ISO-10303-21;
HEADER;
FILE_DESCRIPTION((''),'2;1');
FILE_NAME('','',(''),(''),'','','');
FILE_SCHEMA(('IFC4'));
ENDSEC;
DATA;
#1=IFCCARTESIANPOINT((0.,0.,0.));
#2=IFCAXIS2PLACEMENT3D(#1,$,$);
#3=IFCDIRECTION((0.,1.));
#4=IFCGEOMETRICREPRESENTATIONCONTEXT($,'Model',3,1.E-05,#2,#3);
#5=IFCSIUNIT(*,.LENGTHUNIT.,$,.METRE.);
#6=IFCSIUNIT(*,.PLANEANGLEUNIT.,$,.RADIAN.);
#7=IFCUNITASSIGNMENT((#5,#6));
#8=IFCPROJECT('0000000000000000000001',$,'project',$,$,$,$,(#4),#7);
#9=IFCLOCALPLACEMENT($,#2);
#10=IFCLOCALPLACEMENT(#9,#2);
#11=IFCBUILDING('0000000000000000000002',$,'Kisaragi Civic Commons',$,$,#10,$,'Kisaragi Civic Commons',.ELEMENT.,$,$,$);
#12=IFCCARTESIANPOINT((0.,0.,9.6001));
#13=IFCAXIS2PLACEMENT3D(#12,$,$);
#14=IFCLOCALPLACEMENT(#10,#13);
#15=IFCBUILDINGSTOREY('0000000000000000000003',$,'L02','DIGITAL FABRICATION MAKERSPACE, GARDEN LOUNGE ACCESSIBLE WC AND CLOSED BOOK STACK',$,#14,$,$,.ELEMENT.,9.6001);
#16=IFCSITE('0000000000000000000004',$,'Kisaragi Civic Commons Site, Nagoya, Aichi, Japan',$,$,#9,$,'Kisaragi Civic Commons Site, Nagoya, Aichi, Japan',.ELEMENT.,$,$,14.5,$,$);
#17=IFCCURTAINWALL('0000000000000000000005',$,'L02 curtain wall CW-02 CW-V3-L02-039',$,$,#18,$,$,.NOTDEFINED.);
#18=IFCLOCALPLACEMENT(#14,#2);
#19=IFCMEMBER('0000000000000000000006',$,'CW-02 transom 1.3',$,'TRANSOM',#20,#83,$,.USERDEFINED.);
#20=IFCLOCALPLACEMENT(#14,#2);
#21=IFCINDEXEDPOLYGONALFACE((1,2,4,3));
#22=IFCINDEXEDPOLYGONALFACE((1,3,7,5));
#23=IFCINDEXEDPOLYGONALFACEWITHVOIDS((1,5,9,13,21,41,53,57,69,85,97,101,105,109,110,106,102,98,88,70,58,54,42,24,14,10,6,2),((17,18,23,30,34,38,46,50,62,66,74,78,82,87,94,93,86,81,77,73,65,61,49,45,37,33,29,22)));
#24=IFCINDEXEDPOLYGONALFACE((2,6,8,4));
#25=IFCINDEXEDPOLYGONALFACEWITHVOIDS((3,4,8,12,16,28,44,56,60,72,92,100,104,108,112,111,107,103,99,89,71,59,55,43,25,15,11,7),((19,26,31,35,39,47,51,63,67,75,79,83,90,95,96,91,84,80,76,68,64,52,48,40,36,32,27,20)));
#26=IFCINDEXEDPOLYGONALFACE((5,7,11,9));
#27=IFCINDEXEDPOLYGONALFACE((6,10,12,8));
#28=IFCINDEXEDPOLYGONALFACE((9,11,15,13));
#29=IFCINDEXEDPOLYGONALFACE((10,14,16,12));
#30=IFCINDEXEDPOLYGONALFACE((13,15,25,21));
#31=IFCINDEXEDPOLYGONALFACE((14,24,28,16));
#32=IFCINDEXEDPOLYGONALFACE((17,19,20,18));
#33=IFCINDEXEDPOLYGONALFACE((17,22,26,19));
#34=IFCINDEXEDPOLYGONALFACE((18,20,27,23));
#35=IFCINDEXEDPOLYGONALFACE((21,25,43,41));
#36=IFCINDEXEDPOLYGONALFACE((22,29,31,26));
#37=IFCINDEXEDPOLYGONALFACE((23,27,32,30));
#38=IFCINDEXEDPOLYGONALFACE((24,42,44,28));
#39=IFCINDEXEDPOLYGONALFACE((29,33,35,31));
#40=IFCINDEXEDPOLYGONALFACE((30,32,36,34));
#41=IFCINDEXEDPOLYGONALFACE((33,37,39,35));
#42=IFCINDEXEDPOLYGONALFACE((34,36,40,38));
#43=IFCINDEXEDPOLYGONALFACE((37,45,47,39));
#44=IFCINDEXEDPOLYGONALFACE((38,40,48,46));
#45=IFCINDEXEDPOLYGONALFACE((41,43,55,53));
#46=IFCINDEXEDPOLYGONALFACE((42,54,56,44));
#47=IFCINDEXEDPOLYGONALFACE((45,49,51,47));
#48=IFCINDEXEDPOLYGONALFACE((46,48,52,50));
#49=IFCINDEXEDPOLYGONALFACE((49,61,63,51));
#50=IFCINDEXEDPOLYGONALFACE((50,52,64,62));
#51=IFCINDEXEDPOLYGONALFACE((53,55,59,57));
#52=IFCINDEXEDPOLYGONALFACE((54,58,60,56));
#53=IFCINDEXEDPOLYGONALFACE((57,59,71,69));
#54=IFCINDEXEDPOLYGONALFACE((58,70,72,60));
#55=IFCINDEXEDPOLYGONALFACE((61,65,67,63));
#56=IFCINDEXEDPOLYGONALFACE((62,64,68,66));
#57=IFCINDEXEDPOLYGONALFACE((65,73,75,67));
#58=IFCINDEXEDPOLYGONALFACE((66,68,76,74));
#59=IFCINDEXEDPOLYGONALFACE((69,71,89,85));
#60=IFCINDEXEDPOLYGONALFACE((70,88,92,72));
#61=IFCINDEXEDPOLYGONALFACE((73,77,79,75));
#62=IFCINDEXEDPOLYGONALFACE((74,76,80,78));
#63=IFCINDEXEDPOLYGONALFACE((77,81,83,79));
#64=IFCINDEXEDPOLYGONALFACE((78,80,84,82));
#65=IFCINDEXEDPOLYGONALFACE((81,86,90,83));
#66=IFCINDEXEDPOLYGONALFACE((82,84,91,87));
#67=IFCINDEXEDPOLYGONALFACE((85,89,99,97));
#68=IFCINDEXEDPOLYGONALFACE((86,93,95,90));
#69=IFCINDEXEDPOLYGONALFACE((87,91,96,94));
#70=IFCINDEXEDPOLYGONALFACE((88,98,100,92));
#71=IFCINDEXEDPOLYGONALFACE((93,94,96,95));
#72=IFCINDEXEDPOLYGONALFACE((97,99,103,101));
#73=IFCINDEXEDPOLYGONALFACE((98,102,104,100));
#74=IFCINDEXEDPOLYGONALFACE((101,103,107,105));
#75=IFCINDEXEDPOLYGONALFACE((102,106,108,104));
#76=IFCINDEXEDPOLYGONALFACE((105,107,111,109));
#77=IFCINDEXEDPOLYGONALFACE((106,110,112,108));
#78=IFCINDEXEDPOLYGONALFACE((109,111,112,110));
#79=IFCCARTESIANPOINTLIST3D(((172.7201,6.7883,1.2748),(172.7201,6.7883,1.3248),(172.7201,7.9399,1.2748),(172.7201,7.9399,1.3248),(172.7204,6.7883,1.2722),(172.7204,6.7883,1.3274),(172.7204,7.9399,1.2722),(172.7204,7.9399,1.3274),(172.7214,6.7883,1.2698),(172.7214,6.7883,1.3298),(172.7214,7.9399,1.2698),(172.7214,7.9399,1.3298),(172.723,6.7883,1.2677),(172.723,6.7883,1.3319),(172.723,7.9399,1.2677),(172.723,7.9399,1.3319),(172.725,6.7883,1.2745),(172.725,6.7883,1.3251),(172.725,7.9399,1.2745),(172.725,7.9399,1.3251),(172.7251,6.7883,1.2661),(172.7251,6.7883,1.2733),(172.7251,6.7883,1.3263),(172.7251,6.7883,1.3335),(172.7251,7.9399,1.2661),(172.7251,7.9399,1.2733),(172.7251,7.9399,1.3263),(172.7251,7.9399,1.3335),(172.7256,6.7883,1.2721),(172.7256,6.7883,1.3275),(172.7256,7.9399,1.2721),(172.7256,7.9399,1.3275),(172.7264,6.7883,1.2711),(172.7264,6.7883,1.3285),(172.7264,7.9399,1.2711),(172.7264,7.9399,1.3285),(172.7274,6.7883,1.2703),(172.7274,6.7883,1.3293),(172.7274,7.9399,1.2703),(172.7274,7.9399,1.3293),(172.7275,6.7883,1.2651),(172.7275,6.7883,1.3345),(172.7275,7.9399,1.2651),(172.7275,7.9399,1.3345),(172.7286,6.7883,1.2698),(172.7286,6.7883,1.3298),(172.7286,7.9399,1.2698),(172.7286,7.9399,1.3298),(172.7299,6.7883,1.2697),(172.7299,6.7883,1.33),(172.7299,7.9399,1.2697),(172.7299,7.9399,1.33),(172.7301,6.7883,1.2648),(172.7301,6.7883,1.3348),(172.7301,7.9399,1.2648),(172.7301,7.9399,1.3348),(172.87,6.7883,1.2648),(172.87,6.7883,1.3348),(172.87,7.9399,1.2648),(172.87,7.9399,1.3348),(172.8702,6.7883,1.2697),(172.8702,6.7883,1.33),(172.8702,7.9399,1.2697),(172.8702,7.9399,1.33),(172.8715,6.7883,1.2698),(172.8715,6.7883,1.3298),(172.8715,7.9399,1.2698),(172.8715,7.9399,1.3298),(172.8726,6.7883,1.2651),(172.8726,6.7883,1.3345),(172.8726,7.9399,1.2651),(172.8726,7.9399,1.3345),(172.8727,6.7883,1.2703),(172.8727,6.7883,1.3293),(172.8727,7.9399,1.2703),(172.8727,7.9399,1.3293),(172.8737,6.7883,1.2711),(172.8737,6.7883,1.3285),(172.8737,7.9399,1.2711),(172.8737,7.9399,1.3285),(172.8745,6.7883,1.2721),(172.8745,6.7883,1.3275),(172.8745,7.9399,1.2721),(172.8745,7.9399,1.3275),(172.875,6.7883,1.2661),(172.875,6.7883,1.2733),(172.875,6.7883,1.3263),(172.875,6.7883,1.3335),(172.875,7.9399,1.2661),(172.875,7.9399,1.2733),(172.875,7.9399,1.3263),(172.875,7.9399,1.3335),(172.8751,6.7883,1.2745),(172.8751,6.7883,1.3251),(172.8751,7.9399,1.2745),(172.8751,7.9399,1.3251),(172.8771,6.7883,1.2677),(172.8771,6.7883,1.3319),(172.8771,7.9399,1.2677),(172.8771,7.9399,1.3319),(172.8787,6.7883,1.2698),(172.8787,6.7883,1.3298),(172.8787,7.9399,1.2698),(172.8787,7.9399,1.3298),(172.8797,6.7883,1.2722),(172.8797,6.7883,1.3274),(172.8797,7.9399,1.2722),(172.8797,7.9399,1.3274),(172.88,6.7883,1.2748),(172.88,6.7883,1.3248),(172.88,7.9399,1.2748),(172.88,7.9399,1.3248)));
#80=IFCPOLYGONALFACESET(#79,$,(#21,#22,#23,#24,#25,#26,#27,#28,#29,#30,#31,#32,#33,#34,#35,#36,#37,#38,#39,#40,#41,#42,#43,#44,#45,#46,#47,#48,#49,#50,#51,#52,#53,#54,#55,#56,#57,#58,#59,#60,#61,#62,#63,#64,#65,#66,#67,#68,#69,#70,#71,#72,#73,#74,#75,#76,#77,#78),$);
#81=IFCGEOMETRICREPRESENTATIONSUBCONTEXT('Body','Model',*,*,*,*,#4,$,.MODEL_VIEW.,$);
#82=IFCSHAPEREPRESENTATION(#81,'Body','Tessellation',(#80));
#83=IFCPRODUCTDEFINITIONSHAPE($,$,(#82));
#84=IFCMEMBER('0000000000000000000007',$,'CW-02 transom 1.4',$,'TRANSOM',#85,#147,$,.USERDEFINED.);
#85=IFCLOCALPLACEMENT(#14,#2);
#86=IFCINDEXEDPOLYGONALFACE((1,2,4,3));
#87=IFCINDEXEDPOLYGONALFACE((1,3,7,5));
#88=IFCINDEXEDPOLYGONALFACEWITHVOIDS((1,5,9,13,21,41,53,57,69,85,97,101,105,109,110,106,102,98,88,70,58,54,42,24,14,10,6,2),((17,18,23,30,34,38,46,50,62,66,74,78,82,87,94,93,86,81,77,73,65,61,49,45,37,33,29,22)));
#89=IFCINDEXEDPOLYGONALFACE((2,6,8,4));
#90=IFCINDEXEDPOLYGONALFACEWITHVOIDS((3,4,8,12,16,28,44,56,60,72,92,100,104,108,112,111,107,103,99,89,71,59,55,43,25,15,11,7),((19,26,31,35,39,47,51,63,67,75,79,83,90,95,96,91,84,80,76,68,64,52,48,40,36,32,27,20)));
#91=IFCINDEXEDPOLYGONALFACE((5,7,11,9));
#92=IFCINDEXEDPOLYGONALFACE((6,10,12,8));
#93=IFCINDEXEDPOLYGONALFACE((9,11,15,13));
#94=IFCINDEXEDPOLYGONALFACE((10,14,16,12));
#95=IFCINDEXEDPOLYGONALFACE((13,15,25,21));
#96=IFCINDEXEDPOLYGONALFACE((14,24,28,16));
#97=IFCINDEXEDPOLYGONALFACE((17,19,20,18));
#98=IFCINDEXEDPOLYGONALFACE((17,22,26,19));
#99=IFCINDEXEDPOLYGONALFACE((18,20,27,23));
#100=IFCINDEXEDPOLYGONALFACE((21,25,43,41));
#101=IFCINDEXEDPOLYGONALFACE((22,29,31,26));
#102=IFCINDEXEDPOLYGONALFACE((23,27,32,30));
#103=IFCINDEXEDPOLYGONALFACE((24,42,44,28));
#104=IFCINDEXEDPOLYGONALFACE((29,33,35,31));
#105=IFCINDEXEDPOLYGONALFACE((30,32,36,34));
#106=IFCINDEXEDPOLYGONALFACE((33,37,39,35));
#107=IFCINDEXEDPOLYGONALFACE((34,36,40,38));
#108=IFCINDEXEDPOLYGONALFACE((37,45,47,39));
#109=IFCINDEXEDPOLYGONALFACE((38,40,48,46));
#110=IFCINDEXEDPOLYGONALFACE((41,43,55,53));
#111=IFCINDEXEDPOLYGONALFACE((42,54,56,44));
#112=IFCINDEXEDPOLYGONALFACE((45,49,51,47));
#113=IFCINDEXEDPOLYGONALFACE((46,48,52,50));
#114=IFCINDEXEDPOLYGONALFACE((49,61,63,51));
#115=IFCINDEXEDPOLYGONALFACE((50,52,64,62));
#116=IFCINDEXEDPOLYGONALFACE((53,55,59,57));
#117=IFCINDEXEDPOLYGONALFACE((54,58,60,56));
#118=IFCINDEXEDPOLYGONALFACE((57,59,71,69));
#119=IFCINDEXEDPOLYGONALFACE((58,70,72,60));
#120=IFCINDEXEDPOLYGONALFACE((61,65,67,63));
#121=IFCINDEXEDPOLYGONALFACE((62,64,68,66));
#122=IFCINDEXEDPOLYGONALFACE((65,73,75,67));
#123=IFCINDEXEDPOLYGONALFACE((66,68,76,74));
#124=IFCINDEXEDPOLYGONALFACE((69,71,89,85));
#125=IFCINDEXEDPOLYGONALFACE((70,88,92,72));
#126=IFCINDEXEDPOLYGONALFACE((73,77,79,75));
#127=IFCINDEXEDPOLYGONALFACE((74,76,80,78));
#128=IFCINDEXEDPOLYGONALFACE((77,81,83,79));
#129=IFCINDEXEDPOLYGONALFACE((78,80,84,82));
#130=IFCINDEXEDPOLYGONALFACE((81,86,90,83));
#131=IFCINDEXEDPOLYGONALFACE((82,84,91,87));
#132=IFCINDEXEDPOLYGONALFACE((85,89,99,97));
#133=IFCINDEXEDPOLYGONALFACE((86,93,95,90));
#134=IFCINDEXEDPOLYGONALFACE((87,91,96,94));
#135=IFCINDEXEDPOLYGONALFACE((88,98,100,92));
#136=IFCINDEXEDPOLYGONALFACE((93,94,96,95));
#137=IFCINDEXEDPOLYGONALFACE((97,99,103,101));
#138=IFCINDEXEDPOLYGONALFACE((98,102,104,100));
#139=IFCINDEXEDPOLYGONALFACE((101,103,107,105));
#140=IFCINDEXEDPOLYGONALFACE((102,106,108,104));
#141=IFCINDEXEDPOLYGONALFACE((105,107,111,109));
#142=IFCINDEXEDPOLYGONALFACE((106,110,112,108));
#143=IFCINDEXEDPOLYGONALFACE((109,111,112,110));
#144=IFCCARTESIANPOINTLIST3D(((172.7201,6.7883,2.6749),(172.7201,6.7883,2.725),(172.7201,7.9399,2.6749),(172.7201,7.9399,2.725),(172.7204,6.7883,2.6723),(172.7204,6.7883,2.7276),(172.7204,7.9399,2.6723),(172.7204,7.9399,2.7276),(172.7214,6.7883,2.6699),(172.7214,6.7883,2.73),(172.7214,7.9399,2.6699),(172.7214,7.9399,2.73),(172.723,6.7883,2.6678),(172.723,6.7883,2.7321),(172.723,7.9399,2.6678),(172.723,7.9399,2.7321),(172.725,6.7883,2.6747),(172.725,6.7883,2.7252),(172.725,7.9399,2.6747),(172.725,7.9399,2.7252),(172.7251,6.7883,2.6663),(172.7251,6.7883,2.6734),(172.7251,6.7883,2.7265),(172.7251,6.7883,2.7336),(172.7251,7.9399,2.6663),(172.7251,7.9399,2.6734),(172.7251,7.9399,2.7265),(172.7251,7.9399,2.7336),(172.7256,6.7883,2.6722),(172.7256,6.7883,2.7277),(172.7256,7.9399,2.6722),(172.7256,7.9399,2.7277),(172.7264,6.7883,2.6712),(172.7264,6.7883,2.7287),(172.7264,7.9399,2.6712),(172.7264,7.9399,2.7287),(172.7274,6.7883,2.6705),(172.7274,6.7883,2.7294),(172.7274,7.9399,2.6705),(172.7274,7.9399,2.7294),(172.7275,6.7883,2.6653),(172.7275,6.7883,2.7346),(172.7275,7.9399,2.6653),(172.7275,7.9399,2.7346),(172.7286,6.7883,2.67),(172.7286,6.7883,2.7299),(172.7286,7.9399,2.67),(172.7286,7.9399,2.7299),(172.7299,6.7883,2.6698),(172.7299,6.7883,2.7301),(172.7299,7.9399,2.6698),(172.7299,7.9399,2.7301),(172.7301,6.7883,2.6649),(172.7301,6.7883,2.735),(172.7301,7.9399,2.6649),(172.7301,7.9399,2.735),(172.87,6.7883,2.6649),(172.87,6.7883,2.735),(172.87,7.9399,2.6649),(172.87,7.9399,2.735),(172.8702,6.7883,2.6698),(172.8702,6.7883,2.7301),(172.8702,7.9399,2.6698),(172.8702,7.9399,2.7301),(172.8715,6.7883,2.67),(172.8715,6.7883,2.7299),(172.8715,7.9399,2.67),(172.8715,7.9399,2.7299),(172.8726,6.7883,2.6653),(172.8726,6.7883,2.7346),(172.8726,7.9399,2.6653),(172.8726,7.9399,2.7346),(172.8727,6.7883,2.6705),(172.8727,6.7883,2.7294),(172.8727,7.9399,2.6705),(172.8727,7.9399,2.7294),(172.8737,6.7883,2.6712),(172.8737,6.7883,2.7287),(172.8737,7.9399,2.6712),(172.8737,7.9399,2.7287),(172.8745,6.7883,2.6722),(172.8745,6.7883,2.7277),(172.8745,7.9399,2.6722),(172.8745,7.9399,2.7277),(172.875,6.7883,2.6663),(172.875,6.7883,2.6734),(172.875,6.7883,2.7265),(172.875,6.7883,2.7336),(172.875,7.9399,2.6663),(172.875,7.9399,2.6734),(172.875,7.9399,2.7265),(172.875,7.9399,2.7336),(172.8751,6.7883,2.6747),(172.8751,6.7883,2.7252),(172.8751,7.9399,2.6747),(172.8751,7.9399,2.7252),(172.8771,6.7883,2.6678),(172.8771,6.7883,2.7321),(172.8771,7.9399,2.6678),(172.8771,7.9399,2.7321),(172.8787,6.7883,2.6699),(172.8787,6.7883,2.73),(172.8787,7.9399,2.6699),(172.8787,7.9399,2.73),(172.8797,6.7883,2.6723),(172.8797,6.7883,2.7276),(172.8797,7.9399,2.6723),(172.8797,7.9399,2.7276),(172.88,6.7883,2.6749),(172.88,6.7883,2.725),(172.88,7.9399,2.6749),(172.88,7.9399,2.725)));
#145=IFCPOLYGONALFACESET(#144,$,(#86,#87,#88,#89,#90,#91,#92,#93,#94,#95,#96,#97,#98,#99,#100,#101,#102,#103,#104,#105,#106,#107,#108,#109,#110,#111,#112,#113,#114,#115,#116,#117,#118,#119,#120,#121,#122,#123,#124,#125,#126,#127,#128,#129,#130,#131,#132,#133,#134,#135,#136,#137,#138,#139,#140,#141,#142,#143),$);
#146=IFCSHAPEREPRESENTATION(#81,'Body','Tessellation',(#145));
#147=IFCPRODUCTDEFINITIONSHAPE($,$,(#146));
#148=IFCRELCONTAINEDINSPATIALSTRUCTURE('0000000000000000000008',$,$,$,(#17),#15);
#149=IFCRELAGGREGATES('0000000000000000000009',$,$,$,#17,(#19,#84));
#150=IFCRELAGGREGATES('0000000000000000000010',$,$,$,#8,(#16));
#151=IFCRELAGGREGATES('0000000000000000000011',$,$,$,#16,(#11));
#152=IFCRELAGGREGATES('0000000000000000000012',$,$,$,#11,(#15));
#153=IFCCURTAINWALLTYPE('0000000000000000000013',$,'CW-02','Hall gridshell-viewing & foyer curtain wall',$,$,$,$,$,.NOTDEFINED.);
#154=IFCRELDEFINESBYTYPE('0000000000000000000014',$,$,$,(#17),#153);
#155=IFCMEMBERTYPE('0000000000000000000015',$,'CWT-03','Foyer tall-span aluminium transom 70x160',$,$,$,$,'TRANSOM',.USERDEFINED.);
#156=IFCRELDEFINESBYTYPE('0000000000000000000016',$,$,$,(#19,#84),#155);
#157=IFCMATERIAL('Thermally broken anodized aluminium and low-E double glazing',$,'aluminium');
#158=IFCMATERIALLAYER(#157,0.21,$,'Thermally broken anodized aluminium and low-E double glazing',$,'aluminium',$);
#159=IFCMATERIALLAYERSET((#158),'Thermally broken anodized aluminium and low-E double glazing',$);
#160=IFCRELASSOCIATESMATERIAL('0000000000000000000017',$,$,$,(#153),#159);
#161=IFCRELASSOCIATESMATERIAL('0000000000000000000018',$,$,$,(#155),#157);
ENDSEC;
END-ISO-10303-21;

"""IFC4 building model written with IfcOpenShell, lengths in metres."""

from ifc_helpers import new_model, si_unit, direction, frame, origin, origin_2d, place, context, subcontext, project, spatial, hollow_rectangle, extrude, material, layer, layer_set, material_profile, profile_set, type_object, element, aggregate, save


model = new_model("IFC4")

# Units and contexts
model_context = context("Model", 3, precision=1e-05, world=origin(), true_north=direction((0.0, 1.0)))
body_context = subcontext(model_context, "Body", "Model", "MODEL_VIEW")
ifc_project = project(units=[si_unit("LENGTHUNIT", "METRE"), si_unit("PLANEANGLEUNIT", "RADIAN")], contexts=[model_context])

# Site, building, storey
site_placement = place(None, origin())
site = spatial("IfcSite", under=ifc_project, at=site_placement, Name="Kisaragi Civic Commons Site, Nagoya, Aichi, Japan", LongName="Kisaragi Civic Commons Site, Nagoya, Aichi, Japan", CompositionType="ELEMENT", RefElevation=14.5)
building_placement = place(site_placement, origin())
building = spatial("IfcBuilding", under=site, at=building_placement, Name="Kisaragi Civic Commons", LongName="Kisaragi Civic Commons", CompositionType="ELEMENT")
storey_placement = place(building_placement, frame((0.0, 0.0, 9.6001)))
storey = spatial("IfcBuildingStorey", under=building, at=storey_placement, Name="L02", Description="DIGITAL FABRICATION MAKERSPACE, GARDEN LOUNGE ACCESSIBLE WC AND CLOSED BOOK STACK", CompositionType="ELEMENT", Elevation=9.6001)

# Curtain wall
ifc_material_1 = material(Name="Thermally broken anodized aluminium and low-E double glazing", Category="aluminium")
ifc_layer_1 = layer(ifc_material_1, 0.21, Name="Thermally broken anodized aluminium and low-E double glazing", Category="aluminium")
ifc_layer_set_1 = layer_set([ifc_layer_1], Name="Thermally broken anodized aluminium and low-E double glazing")
curtain_wall_type = type_object("IfcCurtainWallType", Name="CW-02", Description="Hall gridshell-viewing & foyer curtain wall", PredefinedType="NOTDEFINED", material=ifc_layer_set_1)
curtain_wall_1_placement = place(storey_placement, origin())
curtain_wall_1 = element("IfcCurtainWall", 1, at=curtain_wall_1_placement, inside=storey, type_object=curtain_wall_type, Name="L02 curtain wall CW-02 CW-V3-L02-039", PredefinedType="NOTDEFINED")

# Members
ifc_material_profile_1 = material_profile(ifc_material_1, hollow_rectangle(XDim=0.1599, YDim=0.0701, WallThickness=0.0049, InnerFilletRadius=0.0049, OuterFilletRadius=0.01, at=origin_2d()), Name="CWT-70x160x5", Category="aluminium")
ifc_profile_set_1 = profile_set([ifc_material_profile_1], Name="Thermally broken anodized aluminium and low-E double glazing")
member_type_1 = type_object("IfcMemberType", Name="CWT-03", Description="Foyer tall-span aluminium transom 70x160", ElementType="TRANSOM", PredefinedType="USERDEFINED", material=ifc_profile_set_1)
member_1_placement = place(storey_placement, frame((172.8, 7.9399, 1.2998), z_axis=(0.0, -1.0, 0.0), x_axis=(1.0, 0.0, 0.0)))
member_1 = element("IfcMember", 2, at=member_1_placement, type_object=member_type_1, Name="CW-02 transom 1.3", ObjectType="TRANSOM", PredefinedType="USERDEFINED", context=body_context, shape_type="SweptSolid", body=[
    extrude(hollow_rectangle(XDim=0.1599, YDim=0.0701, WallThickness=0.0049, InnerFilletRadius=0.0049, OuterFilletRadius=0.01, at=origin_2d()), origin(), (0.0, 0.0, 1.0), 1.1516),
])
member_2_placement = place(storey_placement, frame((172.8, 7.9399, 2.7), z_axis=(0.0, -1.0, 0.0), x_axis=(1.0, 0.0, 0.0)))
member_2 = element("IfcMember", 3, at=member_2_placement, type_object=member_type_1, Name="CW-02 transom 1.4", ObjectType="TRANSOM", PredefinedType="USERDEFINED", context=body_context, shape_type="SweptSolid", body=[
    extrude(hollow_rectangle(XDim=0.1599, YDim=0.0701, WallThickness=0.0049, InnerFilletRadius=0.0049, OuterFilletRadius=0.01, at=origin_2d()), origin(), (0.0, 0.0, 1.0), 1.1516),
])

aggregate(curtain_wall_1, [member_1, member_2])

save(model, "model.ifc")
